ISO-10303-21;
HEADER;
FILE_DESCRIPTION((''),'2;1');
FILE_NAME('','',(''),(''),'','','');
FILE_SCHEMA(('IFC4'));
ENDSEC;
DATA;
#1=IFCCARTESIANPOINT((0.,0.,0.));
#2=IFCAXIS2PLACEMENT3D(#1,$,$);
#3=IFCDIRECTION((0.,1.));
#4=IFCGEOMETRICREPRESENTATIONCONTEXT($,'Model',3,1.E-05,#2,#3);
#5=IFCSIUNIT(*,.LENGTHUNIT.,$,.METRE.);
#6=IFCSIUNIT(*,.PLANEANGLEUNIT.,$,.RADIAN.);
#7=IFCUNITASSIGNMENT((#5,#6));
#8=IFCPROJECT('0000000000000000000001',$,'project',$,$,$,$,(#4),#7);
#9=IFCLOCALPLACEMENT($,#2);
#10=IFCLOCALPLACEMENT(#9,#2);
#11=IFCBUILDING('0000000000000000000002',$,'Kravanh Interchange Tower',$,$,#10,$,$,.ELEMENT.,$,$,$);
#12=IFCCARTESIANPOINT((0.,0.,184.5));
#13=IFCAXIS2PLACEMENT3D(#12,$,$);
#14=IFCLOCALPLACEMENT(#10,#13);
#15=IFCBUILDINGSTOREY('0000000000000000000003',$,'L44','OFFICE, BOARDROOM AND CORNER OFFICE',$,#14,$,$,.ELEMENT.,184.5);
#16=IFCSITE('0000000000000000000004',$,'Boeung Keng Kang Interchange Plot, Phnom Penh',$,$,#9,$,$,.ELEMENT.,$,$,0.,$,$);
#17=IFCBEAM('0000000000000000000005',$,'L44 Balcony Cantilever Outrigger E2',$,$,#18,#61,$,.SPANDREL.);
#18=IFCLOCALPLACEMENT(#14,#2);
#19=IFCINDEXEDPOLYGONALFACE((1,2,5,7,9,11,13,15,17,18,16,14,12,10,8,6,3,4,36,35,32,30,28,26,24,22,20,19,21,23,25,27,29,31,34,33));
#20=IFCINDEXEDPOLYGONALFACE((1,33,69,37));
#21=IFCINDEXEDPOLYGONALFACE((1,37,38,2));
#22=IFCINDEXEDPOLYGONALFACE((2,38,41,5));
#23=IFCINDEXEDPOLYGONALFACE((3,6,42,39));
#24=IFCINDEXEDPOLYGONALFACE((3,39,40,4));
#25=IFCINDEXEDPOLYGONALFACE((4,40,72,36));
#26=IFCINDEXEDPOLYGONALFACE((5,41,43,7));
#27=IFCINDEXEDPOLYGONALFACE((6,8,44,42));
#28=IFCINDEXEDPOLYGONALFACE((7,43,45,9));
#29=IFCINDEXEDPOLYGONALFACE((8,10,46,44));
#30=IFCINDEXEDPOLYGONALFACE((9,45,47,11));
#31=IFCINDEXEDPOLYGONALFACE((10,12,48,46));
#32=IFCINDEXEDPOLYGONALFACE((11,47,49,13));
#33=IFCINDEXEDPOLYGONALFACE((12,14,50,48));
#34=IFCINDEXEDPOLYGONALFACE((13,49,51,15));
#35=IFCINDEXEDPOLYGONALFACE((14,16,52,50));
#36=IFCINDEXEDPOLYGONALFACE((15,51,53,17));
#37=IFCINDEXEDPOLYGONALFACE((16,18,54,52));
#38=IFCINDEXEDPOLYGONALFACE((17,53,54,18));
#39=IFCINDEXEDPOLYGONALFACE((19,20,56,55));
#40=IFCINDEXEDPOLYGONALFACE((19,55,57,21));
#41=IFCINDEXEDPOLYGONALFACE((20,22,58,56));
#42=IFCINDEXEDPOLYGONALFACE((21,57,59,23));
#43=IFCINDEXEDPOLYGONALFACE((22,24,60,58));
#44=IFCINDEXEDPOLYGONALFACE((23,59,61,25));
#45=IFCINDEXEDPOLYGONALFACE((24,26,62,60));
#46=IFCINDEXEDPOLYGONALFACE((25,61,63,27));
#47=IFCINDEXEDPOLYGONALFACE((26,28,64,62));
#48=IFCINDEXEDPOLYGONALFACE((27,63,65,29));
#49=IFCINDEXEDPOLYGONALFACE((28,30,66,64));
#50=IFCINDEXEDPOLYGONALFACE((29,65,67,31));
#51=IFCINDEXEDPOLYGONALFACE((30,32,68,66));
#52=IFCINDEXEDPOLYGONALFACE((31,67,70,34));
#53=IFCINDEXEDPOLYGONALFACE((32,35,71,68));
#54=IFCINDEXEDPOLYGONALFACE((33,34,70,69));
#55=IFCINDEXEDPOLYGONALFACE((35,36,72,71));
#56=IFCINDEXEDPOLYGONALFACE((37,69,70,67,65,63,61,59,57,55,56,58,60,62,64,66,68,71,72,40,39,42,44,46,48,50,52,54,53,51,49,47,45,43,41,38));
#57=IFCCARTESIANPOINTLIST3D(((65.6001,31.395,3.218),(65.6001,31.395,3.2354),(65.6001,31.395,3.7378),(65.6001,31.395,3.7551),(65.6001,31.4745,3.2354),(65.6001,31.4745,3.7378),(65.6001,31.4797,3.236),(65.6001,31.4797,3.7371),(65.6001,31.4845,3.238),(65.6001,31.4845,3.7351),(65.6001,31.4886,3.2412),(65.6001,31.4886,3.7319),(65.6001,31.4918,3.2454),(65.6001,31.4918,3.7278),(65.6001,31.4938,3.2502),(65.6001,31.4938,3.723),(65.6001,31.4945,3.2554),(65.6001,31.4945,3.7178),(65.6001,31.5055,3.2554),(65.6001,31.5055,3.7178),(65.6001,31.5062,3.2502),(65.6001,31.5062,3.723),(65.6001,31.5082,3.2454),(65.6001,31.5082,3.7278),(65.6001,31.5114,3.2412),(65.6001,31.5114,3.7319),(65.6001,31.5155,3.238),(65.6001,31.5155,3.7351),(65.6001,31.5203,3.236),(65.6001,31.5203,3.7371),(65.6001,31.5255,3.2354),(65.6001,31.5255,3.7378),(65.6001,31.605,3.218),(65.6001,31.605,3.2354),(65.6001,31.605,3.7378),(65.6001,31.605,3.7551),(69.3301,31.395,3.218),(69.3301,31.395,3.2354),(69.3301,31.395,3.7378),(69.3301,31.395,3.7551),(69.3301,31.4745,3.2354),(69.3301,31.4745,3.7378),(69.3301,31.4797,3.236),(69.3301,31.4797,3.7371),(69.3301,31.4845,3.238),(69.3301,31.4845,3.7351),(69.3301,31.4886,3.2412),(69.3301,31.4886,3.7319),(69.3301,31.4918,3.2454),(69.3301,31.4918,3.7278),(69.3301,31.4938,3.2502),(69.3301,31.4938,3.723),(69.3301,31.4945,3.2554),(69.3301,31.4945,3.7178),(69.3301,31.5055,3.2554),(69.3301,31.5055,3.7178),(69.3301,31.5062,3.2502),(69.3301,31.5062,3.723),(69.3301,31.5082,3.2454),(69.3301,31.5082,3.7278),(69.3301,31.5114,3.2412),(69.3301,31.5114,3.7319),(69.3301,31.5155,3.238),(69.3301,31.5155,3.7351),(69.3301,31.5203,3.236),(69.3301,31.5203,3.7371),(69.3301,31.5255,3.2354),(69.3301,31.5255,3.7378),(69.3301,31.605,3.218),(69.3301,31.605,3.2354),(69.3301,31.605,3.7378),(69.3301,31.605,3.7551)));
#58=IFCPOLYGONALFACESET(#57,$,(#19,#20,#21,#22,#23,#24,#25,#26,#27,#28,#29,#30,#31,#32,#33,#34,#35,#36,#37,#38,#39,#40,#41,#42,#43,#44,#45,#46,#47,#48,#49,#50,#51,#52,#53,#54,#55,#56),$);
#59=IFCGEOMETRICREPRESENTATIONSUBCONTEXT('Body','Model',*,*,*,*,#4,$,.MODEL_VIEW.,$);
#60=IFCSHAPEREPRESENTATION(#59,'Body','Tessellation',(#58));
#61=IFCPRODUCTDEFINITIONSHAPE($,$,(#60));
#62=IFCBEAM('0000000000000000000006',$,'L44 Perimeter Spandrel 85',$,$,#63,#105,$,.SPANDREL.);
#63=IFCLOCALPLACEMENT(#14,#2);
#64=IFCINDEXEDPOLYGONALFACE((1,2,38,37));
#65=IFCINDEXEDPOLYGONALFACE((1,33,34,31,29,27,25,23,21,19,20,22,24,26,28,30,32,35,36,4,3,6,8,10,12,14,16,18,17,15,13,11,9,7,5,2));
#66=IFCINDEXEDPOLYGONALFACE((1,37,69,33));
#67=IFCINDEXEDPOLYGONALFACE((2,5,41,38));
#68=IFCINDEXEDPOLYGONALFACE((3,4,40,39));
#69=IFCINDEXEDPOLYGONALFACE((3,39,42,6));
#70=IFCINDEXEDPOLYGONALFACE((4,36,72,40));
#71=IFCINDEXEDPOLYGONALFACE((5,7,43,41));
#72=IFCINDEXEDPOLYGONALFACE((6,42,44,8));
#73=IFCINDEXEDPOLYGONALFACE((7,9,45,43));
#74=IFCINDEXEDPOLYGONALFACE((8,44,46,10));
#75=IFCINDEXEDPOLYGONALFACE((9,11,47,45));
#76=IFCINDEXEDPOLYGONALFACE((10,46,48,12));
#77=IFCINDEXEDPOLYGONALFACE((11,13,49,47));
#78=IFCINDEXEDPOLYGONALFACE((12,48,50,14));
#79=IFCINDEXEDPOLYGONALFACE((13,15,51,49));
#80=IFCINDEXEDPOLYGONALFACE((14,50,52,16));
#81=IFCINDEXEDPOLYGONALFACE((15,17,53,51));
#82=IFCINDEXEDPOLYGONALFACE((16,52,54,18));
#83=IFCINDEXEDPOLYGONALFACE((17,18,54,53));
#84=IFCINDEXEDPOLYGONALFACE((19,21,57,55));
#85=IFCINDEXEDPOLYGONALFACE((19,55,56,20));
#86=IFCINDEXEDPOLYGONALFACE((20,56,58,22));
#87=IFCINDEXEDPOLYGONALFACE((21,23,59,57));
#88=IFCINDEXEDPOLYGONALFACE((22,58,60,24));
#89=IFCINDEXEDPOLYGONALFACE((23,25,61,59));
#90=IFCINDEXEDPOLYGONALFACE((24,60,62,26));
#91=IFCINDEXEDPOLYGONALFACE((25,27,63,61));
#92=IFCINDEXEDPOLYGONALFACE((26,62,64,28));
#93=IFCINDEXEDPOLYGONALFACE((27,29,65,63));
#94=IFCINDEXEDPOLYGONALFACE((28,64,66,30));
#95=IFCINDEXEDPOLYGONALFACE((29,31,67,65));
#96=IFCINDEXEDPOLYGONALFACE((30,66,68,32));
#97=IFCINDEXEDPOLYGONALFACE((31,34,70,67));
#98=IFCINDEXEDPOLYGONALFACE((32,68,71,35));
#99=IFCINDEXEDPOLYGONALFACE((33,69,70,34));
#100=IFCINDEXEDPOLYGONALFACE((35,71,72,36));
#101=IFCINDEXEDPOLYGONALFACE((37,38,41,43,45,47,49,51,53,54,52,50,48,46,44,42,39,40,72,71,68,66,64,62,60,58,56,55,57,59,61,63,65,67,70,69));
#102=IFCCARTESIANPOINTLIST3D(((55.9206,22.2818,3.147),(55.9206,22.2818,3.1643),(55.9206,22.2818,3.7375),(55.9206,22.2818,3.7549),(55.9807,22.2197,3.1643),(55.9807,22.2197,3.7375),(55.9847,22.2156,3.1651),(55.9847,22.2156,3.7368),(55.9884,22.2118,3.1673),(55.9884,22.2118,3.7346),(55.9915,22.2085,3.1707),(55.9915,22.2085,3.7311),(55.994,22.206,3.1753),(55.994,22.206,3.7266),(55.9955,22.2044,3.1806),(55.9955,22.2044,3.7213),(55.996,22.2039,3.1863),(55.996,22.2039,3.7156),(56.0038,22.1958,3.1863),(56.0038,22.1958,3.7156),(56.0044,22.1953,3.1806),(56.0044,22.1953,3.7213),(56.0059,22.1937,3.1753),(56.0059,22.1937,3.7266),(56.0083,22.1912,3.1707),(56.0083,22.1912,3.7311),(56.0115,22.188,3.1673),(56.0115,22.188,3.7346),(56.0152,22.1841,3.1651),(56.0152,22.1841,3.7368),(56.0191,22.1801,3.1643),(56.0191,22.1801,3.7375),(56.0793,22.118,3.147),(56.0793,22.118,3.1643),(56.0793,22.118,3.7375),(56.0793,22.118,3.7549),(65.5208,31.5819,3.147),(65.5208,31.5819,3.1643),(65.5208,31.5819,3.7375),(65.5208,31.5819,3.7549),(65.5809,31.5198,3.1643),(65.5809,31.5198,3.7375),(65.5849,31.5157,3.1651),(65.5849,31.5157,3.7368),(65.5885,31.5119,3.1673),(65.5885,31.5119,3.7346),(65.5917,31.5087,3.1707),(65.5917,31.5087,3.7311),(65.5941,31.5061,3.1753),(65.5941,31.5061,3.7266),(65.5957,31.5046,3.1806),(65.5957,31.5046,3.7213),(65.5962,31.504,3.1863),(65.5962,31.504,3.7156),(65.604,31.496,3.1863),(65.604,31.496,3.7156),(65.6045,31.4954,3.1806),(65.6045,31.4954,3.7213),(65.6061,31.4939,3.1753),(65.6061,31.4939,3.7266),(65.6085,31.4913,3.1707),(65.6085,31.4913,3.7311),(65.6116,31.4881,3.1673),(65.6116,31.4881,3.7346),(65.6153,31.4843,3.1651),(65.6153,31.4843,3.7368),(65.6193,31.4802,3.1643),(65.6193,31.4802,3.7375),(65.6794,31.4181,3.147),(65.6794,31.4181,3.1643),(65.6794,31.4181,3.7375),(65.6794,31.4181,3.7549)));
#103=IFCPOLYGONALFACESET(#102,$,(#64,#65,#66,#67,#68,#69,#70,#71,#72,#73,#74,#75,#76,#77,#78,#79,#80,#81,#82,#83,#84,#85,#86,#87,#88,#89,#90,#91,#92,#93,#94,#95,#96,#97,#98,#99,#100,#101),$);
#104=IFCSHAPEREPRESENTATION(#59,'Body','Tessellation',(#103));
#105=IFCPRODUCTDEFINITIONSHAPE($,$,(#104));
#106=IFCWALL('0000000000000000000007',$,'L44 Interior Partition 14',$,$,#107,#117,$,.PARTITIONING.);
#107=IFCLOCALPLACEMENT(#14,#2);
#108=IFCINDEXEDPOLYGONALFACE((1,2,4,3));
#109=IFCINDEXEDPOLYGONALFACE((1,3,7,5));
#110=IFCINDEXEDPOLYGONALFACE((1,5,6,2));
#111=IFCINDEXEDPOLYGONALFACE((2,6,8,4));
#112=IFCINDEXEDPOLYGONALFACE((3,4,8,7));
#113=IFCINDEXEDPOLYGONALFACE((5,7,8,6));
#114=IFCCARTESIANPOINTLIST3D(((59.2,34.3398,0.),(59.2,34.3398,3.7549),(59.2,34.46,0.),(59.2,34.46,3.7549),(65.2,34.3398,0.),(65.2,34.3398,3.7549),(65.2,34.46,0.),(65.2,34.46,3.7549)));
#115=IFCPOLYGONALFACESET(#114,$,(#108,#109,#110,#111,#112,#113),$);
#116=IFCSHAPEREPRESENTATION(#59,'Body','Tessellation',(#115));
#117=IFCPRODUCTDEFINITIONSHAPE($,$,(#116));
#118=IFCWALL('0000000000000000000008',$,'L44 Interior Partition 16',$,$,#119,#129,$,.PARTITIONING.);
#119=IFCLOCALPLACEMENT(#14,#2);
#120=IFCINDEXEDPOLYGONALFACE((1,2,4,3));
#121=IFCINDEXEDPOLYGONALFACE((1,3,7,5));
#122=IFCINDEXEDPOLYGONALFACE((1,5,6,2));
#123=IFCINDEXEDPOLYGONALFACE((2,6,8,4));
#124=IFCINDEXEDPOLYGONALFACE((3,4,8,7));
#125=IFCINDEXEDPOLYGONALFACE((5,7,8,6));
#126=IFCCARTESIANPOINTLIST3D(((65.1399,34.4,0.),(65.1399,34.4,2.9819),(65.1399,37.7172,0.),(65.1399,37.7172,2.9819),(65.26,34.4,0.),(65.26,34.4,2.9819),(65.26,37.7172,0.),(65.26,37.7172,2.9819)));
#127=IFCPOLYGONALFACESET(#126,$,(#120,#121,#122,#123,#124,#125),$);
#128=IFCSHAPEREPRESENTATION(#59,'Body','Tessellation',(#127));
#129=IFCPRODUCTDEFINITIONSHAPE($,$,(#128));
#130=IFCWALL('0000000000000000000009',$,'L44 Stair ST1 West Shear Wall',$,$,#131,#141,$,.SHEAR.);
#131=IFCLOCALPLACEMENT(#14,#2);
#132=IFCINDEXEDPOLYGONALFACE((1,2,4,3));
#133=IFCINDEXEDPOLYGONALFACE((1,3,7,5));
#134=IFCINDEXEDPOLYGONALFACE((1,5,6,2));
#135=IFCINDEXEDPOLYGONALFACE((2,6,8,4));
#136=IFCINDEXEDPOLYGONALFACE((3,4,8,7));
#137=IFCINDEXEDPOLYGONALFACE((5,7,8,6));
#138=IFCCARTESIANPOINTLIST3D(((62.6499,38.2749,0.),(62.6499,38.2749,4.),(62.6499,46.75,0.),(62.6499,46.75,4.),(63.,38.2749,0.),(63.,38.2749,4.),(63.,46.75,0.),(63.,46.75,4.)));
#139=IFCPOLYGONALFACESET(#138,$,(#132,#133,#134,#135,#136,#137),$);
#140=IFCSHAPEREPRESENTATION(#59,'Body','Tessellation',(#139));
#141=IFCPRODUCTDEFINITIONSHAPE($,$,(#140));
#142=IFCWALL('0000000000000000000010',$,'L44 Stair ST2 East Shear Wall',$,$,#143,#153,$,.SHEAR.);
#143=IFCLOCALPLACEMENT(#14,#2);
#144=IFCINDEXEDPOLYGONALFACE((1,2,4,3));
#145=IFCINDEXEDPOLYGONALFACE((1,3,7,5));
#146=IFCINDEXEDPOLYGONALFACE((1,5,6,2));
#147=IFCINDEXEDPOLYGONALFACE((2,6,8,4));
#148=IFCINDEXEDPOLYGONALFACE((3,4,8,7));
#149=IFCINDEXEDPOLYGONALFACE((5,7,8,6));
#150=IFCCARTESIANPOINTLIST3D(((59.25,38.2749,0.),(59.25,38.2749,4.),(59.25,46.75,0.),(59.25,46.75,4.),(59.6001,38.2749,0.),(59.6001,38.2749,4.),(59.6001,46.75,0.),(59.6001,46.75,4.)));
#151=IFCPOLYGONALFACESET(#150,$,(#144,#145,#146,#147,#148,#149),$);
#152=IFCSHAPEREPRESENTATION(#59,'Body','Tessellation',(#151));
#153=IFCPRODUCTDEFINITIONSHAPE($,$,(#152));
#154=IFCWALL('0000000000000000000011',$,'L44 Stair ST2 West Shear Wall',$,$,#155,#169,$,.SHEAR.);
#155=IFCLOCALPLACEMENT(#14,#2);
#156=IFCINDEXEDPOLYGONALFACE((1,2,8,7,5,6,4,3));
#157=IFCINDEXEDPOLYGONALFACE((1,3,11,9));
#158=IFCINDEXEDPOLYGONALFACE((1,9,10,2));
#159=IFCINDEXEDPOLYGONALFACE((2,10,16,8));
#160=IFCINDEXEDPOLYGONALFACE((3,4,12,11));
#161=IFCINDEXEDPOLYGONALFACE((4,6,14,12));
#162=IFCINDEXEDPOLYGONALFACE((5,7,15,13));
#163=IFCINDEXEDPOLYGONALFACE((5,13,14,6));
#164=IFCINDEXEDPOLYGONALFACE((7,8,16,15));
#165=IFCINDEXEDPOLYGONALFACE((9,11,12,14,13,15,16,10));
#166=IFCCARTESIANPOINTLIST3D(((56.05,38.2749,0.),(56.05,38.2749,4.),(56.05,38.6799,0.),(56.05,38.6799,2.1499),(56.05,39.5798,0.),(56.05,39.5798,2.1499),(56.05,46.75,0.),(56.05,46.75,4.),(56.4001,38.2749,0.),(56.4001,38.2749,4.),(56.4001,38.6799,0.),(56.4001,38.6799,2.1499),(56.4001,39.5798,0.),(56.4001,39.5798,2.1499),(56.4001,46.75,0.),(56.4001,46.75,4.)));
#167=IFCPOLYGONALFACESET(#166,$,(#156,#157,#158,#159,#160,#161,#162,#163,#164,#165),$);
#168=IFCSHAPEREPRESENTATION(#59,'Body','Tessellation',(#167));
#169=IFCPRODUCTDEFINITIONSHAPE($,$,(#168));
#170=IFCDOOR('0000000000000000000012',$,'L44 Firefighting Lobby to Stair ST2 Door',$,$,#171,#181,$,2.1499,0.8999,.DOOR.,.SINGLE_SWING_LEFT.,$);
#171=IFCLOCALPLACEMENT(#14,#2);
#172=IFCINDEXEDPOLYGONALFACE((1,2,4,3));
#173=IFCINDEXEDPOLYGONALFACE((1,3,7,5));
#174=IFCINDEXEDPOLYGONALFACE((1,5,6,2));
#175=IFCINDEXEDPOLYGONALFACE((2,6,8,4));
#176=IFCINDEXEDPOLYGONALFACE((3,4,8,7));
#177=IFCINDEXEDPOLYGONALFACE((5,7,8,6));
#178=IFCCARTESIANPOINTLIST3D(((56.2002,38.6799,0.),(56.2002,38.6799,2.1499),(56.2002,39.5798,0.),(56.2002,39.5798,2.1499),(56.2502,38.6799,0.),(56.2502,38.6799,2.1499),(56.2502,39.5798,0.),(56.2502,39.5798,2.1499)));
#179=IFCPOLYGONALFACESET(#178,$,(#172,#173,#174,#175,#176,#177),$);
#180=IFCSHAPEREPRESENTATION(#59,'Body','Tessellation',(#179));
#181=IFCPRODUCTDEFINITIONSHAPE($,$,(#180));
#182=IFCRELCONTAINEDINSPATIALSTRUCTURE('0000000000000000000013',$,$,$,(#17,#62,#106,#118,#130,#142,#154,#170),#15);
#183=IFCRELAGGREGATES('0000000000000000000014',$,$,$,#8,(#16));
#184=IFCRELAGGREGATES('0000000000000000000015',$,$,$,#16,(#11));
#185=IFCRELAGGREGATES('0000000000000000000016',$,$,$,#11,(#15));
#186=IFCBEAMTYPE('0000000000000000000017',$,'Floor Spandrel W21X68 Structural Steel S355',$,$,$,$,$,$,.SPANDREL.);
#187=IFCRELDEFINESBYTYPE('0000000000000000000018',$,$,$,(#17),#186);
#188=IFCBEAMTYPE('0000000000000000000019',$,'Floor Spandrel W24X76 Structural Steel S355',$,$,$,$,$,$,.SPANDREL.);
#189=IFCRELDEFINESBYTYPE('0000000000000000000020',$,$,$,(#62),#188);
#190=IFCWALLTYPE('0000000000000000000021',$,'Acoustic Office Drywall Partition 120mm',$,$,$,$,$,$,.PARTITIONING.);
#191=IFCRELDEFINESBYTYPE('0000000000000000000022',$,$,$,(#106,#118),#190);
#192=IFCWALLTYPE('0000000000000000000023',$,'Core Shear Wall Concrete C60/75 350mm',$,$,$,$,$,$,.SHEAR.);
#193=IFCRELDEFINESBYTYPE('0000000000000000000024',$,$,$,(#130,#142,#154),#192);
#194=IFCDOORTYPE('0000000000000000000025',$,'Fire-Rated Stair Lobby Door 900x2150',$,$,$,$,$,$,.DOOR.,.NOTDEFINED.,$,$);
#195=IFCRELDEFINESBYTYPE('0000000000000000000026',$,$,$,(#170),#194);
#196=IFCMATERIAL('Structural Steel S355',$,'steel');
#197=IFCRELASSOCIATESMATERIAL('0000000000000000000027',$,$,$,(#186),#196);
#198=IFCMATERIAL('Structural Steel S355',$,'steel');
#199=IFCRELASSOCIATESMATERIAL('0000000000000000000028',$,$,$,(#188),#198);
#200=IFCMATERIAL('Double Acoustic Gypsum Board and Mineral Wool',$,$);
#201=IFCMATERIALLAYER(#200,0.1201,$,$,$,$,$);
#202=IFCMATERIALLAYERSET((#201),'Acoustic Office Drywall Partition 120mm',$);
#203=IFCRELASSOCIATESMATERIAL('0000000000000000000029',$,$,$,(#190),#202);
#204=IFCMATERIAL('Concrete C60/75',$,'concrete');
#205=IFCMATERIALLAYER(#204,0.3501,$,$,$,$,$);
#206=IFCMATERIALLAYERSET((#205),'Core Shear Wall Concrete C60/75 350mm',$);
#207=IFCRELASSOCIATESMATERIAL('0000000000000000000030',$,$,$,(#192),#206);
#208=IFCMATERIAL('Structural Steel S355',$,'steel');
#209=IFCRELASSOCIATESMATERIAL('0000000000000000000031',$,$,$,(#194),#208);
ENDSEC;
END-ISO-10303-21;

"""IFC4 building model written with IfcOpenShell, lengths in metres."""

from ifc_helpers import new_model, si_unit, direction, frame, frame_2d, origin, origin_2d, place, context, subcontext, project, spatial, rectangle, i_section, extrude, material, layer, layer_set, material_profile, profile_set, type_object, element, fill, save


model = new_model("IFC4")

# Units and contexts
model_context = context("Model", 3, precision=1e-05, world=origin(), true_north=direction((0.0, 1.0)))
body_context = subcontext(model_context, "Body", "Model", "MODEL_VIEW")
ifc_project = project(units=[si_unit("LENGTHUNIT", "METRE"), si_unit("PLANEANGLEUNIT", "RADIAN")], contexts=[model_context])

# Site, building, storey
site_placement = place(None, origin())
site = spatial("IfcSite", under=ifc_project, at=site_placement, Name="Boeung Keng Kang Interchange Plot, Phnom Penh", CompositionType="ELEMENT", RefElevation=0.0)
building_placement = place(site_placement, origin())
building = spatial("IfcBuilding", under=site, at=building_placement, Name="Kravanh Interchange Tower", CompositionType="ELEMENT")
storey_placement = place(building_placement, frame((0.0, 0.0, 184.5)))
storey = spatial("IfcBuildingStorey", under=building, at=storey_placement, Name="L44", Description="OFFICE, BOARDROOM AND CORNER OFFICE", CompositionType="ELEMENT", Elevation=184.5)

# Beams
ifc_material_1 = material(Name="Structural Steel S355", Category="steel")
ifc_material_profile_1 = material_profile(ifc_material_1, i_section(OverallWidth=0.21, OverallDepth=0.5371, WebThickness=0.011, FlangeThickness=0.0173, FilletRadius=0.02, at=origin_2d()), Name="W21X68")
ifc_profile_set_1 = profile_set([ifc_material_profile_1], Name="Structural Steel S355")
beam_type_1 = type_object("IfcBeamType", Name="Floor Spandrel W21X68 Structural Steel S355", PredefinedType="SPANDREL", material=ifc_profile_set_1)
beam_1_placement = place(storey_placement, frame((65.6001, 31.5, 3.4866), z_axis=(1.0, 0.0, 0.0), x_axis=(0.0, 1.0, 0.0)))
element("IfcBeam", 1, at=beam_1_placement, inside=storey, type_object=beam_type_1, Name="L44 Balcony Cantilever Outrigger E2", PredefinedType="SPANDREL", context=body_context, shape_type="SweptSolid", body=[
    extrude(i_section(OverallWidth=0.21, OverallDepth=0.5371, WebThickness=0.011, FlangeThickness=0.0173, FilletRadius=0.02, at=origin_2d()), origin(), (0.0, 0.0, 1.0), 3.73),
])
ifc_material_2 = material(Name="Structural Steel S355", Category="steel")
ifc_material_profile_2 = material_profile(ifc_material_2, i_section(OverallWidth=0.228, OverallDepth=0.6079, WebThickness=0.0112, FlangeThickness=0.0173, FilletRadius=0.022, at=origin_2d()), Name="W24X76")
ifc_profile_set_2 = profile_set([ifc_material_profile_2], Name="Structural Steel S355")
beam_type_2 = type_object("IfcBeamType", Name="Floor Spandrel W24X76 Structural Steel S355", PredefinedType="SPANDREL", material=ifc_profile_set_2)
beam_2_placement = place(storey_placement, frame((65.6001, 31.5, 3.4509), z_axis=(-0.718242, -0.695793, 0.0), x_axis=(0.695793, -0.718242, 0.0)))
element("IfcBeam", 2, at=beam_2_placement, inside=storey, type_object=beam_type_2, Name="L44 Perimeter Spandrel 85", PredefinedType="SPANDREL", context=body_context, shape_type="SweptSolid", body=[
    extrude(i_section(OverallWidth=0.228, OverallDepth=0.6079, WebThickness=0.0112, FlangeThickness=0.0173, FilletRadius=0.022, at=origin_2d()), origin(), (0.0, 0.0, 1.0), 13.3662),
])

# Walls
ifc_material_3 = material(Name="Double Acoustic Gypsum Board and Mineral Wool")
ifc_layer_1 = layer(ifc_material_3, 0.1201)
ifc_layer_set_1 = layer_set([ifc_layer_1], Name="Acoustic Office Drywall Partition 120mm")
wall_type_1 = type_object("IfcWallType", Name="Acoustic Office Drywall Partition 120mm", PredefinedType="PARTITIONING", material=ifc_layer_set_1)
wall_1_placement = place(storey_placement, frame((59.2, 34.3999, 0.0), z_axis=(0.0, 0.0, 1.0), x_axis=(1.0, 0.0, 0.0)))
element("IfcWall", 3, at=wall_1_placement, inside=storey, type_object=wall_type_1, Name="L44 Interior Partition 14", PredefinedType="PARTITIONING", context=body_context, shape_type="SweptSolid", body=[
    extrude(rectangle(XDim=6.0, YDim=0.1201, at=frame_2d((3.0, 0.0))), origin(), (0.0, 0.0, 1.0), 3.7549),
])
wall_2_placement = place(storey_placement, frame((65.2, 34.3999, 0.0), z_axis=(0.0, 0.0, 1.0), x_axis=(0.0, 1.0, 0.0)))
element("IfcWall", 4, at=wall_2_placement, inside=storey, type_object=wall_type_1, Name="L44 Interior Partition 16", PredefinedType="PARTITIONING", context=body_context, shape_type="SweptSolid", body=[
    extrude(rectangle(XDim=3.3171, YDim=0.1201, at=frame_2d((1.6587, 0.0))), origin(), (0.0, 0.0, 1.0), 2.9819),
])
ifc_material_4 = material(Name="Concrete C60/75", Category="concrete")
ifc_layer_2 = layer(ifc_material_4, 0.3501)
ifc_layer_set_2 = layer_set([ifc_layer_2], Name="Core Shear Wall Concrete C60/75 350mm")
wall_type_2 = type_object("IfcWallType", Name="Core Shear Wall Concrete C60/75 350mm", PredefinedType="SHEAR", material=ifc_layer_set_2)
for number, where, z_axis, x_axis, name in (
    (5, (62.825, 38.2749, 0.0), (0.0, 0.0, 1.0), (0.0, 1.0, 0.0), "L44 Stair ST1 West Shear Wall"),
    (6, (59.425, 38.2749, 0.0), (0.0, 0.0, 1.0), (0.0, 1.0, 0.0), "L44 Stair ST2 East Shear Wall"),
):
    element("IfcWall", number, at=place(storey_placement, frame(where, z_axis=z_axis, x_axis=x_axis)), inside=storey, type_object=wall_type_2, Name=name, PredefinedType="SHEAR", context=body_context, shape_type="SweptSolid", body=[
        extrude(rectangle(XDim=8.4751, YDim=0.3501, at=frame_2d((4.2375, 0.0))), origin(), (0.0, 0.0, 1.0), 4.0),
    ])

# Wall, opening, door
wall_3_placement = place(storey_placement, frame((56.2251, 38.2749, 0.0), z_axis=(0.0, 0.0, 1.0), x_axis=(0.0, 1.0, 0.0)))
wall_3 = element("IfcWall", 7, at=wall_3_placement, inside=storey, type_object=wall_type_2, Name="L44 Stair ST2 West Shear Wall", PredefinedType="SHEAR", context=body_context, shape_type="SweptSolid", body=[
    extrude(rectangle(XDim=8.4751, YDim=0.3501, at=frame_2d((4.2375, 0.0))), origin(), (0.0, 0.0, 1.0), 4.0),
])
opening_1_placement = place(wall_3_placement, frame((0.405, 0.0, 0.0)))
opening_1 = element("IfcOpeningElement", 8, at=opening_1_placement, cuts=wall_3, PredefinedType="OPENING", context=body_context, shape_type="SweptSolid", body=[
    extrude(rectangle(XDim=0.8999, YDim=2.1499, at=frame_2d((0.45, 1.075))), frame((0.0, 0.1851, 0.0), z_axis=(0.0, -1.0, 0.0), x_axis=(1.0, 0.0, 0.0)), (0.0, 0.0, 1.0), 0.3701),
])
ifc_material_5 = material(Name="Structural Steel S355", Category="steel")
door_type_1 = type_object("IfcDoorType", Name="Fire-Rated Stair Lobby Door 900x2150", OperationType="NOTDEFINED", PredefinedType="DOOR", material=ifc_material_5)
door_1_placement = place(opening_1_placement, origin())
door_1 = element("IfcDoor", 9, at=door_1_placement, inside=storey, type_object=door_type_1, Name="L44 Firefighting Lobby to Stair ST2 Door", OperationType="SINGLE_SWING_LEFT", OverallHeight=2.1499, OverallWidth=0.8999, PredefinedType="DOOR", context=body_context, shape_type="SweptSolid", body=[
    extrude(rectangle(XDim=0.8999, YDim=2.1499, at=frame_2d((0.45, 1.075))), frame((0.0, 0.0249, 0.0), z_axis=(0.0, -1.0, 0.0), x_axis=(1.0, 0.0, 0.0)), (0.0, 0.0, 1.0), 0.05),
])
fill(opening_1, door_1)

save(model, "model.ifc")
